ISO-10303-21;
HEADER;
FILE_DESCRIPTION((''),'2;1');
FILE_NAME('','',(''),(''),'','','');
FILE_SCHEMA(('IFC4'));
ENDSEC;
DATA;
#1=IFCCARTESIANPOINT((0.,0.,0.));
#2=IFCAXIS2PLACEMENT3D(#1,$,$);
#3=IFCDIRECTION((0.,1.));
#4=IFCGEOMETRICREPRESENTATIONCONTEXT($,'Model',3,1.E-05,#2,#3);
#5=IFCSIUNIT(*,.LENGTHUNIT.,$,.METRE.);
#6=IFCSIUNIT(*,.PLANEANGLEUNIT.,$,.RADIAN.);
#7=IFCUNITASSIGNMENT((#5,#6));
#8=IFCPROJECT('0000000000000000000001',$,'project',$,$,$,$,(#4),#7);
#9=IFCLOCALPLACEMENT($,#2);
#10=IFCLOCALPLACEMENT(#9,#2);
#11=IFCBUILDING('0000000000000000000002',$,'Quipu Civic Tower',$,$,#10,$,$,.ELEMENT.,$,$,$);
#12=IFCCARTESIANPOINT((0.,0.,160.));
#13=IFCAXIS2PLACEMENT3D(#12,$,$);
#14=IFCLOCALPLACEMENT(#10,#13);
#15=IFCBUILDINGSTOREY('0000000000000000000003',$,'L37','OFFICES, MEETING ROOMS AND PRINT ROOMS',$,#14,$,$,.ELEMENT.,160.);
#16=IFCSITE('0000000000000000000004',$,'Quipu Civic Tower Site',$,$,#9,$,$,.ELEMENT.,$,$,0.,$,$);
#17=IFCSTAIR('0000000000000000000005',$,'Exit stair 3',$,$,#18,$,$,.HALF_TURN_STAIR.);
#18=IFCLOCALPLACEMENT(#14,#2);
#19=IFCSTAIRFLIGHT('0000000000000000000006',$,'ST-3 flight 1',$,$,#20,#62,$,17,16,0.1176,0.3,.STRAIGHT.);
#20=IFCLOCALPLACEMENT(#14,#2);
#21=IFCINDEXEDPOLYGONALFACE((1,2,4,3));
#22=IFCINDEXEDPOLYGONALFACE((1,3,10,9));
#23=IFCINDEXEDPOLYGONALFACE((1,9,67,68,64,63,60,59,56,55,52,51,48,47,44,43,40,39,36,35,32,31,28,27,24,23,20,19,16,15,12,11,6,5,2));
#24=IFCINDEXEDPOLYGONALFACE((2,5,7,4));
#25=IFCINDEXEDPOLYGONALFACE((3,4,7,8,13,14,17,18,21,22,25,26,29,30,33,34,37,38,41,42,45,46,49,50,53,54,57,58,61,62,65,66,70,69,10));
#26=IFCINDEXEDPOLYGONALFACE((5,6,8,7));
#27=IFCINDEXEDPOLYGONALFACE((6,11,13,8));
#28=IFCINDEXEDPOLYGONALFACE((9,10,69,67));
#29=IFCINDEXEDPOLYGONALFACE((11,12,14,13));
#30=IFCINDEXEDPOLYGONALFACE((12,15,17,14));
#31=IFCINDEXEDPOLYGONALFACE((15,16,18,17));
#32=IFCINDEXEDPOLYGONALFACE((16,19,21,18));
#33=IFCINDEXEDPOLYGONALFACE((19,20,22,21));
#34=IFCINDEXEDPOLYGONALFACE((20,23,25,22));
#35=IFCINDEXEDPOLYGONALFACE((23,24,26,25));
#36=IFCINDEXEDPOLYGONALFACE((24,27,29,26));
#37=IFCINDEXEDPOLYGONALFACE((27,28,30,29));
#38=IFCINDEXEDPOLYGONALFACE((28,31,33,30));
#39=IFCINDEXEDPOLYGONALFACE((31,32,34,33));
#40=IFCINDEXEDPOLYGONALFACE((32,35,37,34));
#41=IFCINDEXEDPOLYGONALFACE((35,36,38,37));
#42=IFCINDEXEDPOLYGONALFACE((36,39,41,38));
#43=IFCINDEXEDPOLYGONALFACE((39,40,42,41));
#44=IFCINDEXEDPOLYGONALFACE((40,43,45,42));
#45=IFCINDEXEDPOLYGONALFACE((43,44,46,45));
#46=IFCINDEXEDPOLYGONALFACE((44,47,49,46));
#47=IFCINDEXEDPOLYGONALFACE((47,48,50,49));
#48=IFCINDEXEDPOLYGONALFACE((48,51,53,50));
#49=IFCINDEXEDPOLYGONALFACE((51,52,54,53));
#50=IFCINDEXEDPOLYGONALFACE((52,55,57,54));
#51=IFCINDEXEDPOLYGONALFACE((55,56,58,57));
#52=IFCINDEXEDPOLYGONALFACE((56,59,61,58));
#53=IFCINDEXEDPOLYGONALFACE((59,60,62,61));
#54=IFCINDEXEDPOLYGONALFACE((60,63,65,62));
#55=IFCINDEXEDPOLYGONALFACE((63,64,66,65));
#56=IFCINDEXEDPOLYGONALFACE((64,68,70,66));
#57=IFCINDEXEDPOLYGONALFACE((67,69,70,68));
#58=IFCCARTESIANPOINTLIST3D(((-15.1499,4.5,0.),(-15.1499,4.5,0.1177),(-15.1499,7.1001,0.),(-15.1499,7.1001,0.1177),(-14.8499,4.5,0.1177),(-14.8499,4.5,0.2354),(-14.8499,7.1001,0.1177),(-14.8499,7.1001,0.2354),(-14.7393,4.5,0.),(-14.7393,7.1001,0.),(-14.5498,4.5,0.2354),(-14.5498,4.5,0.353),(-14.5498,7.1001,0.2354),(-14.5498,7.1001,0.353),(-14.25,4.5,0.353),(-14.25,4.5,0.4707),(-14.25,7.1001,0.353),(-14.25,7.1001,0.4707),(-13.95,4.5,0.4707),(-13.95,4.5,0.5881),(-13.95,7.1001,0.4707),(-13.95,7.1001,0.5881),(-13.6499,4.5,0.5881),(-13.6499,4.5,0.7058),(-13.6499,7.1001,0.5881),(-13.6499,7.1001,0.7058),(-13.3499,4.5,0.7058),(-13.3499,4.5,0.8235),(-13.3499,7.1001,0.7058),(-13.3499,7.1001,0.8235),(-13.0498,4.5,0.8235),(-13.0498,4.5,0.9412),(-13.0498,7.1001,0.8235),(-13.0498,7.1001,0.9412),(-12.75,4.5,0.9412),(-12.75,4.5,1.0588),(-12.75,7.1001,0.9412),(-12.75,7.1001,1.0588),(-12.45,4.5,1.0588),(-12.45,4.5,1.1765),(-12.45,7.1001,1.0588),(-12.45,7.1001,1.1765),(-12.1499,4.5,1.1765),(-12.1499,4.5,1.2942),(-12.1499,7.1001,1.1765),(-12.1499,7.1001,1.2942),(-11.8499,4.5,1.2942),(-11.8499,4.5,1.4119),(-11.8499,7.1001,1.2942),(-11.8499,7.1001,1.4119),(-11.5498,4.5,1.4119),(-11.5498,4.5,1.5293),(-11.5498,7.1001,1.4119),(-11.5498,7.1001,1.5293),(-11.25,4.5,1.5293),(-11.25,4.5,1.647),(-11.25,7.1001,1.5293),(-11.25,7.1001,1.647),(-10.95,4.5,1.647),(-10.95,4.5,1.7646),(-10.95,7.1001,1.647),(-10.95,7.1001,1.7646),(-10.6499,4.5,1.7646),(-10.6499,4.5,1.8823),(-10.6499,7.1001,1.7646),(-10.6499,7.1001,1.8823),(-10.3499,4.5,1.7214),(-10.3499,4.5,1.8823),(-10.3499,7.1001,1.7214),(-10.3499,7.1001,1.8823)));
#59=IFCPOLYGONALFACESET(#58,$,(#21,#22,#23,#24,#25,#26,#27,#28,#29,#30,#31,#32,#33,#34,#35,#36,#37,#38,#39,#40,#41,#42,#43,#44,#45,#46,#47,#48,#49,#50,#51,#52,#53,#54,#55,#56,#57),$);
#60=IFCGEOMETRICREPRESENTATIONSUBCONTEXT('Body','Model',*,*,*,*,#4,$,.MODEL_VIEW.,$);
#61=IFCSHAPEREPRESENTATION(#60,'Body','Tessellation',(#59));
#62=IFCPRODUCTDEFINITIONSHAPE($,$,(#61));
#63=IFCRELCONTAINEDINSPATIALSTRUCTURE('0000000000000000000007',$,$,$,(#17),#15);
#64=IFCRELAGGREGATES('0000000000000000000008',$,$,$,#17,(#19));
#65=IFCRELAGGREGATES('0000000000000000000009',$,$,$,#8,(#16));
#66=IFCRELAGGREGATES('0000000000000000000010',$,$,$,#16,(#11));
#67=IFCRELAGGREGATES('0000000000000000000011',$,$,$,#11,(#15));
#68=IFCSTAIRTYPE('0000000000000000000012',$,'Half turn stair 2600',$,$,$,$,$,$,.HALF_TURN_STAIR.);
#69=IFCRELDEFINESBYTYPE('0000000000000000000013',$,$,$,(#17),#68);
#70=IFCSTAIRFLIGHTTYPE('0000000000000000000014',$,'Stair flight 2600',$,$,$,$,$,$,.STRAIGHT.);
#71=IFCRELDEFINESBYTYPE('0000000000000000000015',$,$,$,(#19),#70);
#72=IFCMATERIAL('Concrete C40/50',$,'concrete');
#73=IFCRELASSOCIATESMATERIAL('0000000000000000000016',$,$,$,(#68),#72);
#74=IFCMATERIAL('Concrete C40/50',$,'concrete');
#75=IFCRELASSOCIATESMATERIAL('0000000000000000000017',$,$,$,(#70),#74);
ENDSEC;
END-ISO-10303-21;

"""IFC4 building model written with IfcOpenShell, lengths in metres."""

from ifc_helpers import new_model, si_unit, direction, frame, origin, place, context, subcontext, project, spatial, polyline, outline, extrude, material, type_object, element, aggregate, save


model = new_model("IFC4")

# Units and contexts
model_context = context("Model", 3, precision=1e-05, world=origin(), true_north=direction((0.0, 1.0)))
body_context = subcontext(model_context, "Body", "Model", "MODEL_VIEW")
ifc_project = project(units=[si_unit("LENGTHUNIT", "METRE"), si_unit("PLANEANGLEUNIT", "RADIAN")], contexts=[model_context])

# Site, building, storey
site_placement = place(None, origin())
site = spatial("IfcSite", under=ifc_project, at=site_placement, Name="Quipu Civic Tower Site", CompositionType="ELEMENT", RefElevation=0.0)
building_placement = place(site_placement, origin())
building = spatial("IfcBuilding", under=site, at=building_placement, Name="Quipu Civic Tower", CompositionType="ELEMENT")
storey_placement = place(building_placement, frame((0.0, 0.0, 160.0)))
storey = spatial("IfcBuildingStorey", under=building, at=storey_placement, Name="L37", Description="OFFICES, MEETING ROOMS AND PRINT ROOMS", CompositionType="ELEMENT", Elevation=160.0)

# Stair, stair flight
ifc_material_1 = material(Name="Concrete C40/50", Category="concrete")
stair_type = type_object("IfcStairType", Name="Half turn stair 2600", PredefinedType="HALF_TURN_STAIR", material=ifc_material_1)
stair_placement = place(storey_placement, origin())
stair = element("IfcStair", 1, at=stair_placement, inside=storey, type_object=stair_type, Name="Exit stair 3", PredefinedType="HALF_TURN_STAIR")
ifc_material_2 = material(Name="Concrete C40/50", Category="concrete")
stair_flight_type = type_object("IfcStairFlightType", Name="Stair flight 2600", PredefinedType="STRAIGHT", material=ifc_material_2)
stair_flight_placement = place(storey_placement, frame((-15.1499, 5.8, 0.0), z_axis=(0.0, 0.0, 1.0), x_axis=(1.0, 0.0, 0.0)))
stair_flight = element("IfcStairFlight", 2, at=stair_flight_placement, type_object=stair_flight_type, Name="ST-3 flight 1", NumberOfRisers=17, NumberOfTreads=16, PredefinedType="STRAIGHT", RiserHeight=0.1176, TreadLength=0.3, context=body_context, shape_type="SweptSolid", body=[
    extrude(outline(polyline([(0.0, 0.0), (0.0, 0.1177), (0.3, 0.1177), (0.3, 0.2354), (0.6001, 0.2354), (0.6001, 0.353), (0.8999, 0.353), (0.8999, 0.4707), (1.2, 0.4707), (1.2, 0.5881), (1.5, 0.5881), (1.5, 0.7058), (1.8, 0.7058), (1.8, 0.8235), (2.1001, 0.8235), (2.1001, 0.9412), (2.3999, 0.9412), (2.3999, 1.0588), (2.7, 1.0588), (2.7, 1.1765), (3.0, 1.1765), (3.0, 1.2942), (3.3, 1.2942), (3.3, 1.4119), (3.6001, 1.4119), (3.6001, 1.5293), (3.8999, 1.5293), (3.8999, 1.647), (4.2, 1.647), (4.2, 1.7646), (4.5, 1.7646), (4.5, 1.8823), (4.8, 1.8823), (4.8, 2.0), (4.8, 1.7214), (0.4106, 0.0), (0.0, 0.0)])), frame((0.0, 1.3, 0.0), z_axis=(0.0, -1.0, 0.0), x_axis=(1.0, 0.0, 0.0)), (0.0, 0.0, 1.0), 2.6001),
])
aggregate(stair, [stair_flight])

save(model, "model.ifc")
